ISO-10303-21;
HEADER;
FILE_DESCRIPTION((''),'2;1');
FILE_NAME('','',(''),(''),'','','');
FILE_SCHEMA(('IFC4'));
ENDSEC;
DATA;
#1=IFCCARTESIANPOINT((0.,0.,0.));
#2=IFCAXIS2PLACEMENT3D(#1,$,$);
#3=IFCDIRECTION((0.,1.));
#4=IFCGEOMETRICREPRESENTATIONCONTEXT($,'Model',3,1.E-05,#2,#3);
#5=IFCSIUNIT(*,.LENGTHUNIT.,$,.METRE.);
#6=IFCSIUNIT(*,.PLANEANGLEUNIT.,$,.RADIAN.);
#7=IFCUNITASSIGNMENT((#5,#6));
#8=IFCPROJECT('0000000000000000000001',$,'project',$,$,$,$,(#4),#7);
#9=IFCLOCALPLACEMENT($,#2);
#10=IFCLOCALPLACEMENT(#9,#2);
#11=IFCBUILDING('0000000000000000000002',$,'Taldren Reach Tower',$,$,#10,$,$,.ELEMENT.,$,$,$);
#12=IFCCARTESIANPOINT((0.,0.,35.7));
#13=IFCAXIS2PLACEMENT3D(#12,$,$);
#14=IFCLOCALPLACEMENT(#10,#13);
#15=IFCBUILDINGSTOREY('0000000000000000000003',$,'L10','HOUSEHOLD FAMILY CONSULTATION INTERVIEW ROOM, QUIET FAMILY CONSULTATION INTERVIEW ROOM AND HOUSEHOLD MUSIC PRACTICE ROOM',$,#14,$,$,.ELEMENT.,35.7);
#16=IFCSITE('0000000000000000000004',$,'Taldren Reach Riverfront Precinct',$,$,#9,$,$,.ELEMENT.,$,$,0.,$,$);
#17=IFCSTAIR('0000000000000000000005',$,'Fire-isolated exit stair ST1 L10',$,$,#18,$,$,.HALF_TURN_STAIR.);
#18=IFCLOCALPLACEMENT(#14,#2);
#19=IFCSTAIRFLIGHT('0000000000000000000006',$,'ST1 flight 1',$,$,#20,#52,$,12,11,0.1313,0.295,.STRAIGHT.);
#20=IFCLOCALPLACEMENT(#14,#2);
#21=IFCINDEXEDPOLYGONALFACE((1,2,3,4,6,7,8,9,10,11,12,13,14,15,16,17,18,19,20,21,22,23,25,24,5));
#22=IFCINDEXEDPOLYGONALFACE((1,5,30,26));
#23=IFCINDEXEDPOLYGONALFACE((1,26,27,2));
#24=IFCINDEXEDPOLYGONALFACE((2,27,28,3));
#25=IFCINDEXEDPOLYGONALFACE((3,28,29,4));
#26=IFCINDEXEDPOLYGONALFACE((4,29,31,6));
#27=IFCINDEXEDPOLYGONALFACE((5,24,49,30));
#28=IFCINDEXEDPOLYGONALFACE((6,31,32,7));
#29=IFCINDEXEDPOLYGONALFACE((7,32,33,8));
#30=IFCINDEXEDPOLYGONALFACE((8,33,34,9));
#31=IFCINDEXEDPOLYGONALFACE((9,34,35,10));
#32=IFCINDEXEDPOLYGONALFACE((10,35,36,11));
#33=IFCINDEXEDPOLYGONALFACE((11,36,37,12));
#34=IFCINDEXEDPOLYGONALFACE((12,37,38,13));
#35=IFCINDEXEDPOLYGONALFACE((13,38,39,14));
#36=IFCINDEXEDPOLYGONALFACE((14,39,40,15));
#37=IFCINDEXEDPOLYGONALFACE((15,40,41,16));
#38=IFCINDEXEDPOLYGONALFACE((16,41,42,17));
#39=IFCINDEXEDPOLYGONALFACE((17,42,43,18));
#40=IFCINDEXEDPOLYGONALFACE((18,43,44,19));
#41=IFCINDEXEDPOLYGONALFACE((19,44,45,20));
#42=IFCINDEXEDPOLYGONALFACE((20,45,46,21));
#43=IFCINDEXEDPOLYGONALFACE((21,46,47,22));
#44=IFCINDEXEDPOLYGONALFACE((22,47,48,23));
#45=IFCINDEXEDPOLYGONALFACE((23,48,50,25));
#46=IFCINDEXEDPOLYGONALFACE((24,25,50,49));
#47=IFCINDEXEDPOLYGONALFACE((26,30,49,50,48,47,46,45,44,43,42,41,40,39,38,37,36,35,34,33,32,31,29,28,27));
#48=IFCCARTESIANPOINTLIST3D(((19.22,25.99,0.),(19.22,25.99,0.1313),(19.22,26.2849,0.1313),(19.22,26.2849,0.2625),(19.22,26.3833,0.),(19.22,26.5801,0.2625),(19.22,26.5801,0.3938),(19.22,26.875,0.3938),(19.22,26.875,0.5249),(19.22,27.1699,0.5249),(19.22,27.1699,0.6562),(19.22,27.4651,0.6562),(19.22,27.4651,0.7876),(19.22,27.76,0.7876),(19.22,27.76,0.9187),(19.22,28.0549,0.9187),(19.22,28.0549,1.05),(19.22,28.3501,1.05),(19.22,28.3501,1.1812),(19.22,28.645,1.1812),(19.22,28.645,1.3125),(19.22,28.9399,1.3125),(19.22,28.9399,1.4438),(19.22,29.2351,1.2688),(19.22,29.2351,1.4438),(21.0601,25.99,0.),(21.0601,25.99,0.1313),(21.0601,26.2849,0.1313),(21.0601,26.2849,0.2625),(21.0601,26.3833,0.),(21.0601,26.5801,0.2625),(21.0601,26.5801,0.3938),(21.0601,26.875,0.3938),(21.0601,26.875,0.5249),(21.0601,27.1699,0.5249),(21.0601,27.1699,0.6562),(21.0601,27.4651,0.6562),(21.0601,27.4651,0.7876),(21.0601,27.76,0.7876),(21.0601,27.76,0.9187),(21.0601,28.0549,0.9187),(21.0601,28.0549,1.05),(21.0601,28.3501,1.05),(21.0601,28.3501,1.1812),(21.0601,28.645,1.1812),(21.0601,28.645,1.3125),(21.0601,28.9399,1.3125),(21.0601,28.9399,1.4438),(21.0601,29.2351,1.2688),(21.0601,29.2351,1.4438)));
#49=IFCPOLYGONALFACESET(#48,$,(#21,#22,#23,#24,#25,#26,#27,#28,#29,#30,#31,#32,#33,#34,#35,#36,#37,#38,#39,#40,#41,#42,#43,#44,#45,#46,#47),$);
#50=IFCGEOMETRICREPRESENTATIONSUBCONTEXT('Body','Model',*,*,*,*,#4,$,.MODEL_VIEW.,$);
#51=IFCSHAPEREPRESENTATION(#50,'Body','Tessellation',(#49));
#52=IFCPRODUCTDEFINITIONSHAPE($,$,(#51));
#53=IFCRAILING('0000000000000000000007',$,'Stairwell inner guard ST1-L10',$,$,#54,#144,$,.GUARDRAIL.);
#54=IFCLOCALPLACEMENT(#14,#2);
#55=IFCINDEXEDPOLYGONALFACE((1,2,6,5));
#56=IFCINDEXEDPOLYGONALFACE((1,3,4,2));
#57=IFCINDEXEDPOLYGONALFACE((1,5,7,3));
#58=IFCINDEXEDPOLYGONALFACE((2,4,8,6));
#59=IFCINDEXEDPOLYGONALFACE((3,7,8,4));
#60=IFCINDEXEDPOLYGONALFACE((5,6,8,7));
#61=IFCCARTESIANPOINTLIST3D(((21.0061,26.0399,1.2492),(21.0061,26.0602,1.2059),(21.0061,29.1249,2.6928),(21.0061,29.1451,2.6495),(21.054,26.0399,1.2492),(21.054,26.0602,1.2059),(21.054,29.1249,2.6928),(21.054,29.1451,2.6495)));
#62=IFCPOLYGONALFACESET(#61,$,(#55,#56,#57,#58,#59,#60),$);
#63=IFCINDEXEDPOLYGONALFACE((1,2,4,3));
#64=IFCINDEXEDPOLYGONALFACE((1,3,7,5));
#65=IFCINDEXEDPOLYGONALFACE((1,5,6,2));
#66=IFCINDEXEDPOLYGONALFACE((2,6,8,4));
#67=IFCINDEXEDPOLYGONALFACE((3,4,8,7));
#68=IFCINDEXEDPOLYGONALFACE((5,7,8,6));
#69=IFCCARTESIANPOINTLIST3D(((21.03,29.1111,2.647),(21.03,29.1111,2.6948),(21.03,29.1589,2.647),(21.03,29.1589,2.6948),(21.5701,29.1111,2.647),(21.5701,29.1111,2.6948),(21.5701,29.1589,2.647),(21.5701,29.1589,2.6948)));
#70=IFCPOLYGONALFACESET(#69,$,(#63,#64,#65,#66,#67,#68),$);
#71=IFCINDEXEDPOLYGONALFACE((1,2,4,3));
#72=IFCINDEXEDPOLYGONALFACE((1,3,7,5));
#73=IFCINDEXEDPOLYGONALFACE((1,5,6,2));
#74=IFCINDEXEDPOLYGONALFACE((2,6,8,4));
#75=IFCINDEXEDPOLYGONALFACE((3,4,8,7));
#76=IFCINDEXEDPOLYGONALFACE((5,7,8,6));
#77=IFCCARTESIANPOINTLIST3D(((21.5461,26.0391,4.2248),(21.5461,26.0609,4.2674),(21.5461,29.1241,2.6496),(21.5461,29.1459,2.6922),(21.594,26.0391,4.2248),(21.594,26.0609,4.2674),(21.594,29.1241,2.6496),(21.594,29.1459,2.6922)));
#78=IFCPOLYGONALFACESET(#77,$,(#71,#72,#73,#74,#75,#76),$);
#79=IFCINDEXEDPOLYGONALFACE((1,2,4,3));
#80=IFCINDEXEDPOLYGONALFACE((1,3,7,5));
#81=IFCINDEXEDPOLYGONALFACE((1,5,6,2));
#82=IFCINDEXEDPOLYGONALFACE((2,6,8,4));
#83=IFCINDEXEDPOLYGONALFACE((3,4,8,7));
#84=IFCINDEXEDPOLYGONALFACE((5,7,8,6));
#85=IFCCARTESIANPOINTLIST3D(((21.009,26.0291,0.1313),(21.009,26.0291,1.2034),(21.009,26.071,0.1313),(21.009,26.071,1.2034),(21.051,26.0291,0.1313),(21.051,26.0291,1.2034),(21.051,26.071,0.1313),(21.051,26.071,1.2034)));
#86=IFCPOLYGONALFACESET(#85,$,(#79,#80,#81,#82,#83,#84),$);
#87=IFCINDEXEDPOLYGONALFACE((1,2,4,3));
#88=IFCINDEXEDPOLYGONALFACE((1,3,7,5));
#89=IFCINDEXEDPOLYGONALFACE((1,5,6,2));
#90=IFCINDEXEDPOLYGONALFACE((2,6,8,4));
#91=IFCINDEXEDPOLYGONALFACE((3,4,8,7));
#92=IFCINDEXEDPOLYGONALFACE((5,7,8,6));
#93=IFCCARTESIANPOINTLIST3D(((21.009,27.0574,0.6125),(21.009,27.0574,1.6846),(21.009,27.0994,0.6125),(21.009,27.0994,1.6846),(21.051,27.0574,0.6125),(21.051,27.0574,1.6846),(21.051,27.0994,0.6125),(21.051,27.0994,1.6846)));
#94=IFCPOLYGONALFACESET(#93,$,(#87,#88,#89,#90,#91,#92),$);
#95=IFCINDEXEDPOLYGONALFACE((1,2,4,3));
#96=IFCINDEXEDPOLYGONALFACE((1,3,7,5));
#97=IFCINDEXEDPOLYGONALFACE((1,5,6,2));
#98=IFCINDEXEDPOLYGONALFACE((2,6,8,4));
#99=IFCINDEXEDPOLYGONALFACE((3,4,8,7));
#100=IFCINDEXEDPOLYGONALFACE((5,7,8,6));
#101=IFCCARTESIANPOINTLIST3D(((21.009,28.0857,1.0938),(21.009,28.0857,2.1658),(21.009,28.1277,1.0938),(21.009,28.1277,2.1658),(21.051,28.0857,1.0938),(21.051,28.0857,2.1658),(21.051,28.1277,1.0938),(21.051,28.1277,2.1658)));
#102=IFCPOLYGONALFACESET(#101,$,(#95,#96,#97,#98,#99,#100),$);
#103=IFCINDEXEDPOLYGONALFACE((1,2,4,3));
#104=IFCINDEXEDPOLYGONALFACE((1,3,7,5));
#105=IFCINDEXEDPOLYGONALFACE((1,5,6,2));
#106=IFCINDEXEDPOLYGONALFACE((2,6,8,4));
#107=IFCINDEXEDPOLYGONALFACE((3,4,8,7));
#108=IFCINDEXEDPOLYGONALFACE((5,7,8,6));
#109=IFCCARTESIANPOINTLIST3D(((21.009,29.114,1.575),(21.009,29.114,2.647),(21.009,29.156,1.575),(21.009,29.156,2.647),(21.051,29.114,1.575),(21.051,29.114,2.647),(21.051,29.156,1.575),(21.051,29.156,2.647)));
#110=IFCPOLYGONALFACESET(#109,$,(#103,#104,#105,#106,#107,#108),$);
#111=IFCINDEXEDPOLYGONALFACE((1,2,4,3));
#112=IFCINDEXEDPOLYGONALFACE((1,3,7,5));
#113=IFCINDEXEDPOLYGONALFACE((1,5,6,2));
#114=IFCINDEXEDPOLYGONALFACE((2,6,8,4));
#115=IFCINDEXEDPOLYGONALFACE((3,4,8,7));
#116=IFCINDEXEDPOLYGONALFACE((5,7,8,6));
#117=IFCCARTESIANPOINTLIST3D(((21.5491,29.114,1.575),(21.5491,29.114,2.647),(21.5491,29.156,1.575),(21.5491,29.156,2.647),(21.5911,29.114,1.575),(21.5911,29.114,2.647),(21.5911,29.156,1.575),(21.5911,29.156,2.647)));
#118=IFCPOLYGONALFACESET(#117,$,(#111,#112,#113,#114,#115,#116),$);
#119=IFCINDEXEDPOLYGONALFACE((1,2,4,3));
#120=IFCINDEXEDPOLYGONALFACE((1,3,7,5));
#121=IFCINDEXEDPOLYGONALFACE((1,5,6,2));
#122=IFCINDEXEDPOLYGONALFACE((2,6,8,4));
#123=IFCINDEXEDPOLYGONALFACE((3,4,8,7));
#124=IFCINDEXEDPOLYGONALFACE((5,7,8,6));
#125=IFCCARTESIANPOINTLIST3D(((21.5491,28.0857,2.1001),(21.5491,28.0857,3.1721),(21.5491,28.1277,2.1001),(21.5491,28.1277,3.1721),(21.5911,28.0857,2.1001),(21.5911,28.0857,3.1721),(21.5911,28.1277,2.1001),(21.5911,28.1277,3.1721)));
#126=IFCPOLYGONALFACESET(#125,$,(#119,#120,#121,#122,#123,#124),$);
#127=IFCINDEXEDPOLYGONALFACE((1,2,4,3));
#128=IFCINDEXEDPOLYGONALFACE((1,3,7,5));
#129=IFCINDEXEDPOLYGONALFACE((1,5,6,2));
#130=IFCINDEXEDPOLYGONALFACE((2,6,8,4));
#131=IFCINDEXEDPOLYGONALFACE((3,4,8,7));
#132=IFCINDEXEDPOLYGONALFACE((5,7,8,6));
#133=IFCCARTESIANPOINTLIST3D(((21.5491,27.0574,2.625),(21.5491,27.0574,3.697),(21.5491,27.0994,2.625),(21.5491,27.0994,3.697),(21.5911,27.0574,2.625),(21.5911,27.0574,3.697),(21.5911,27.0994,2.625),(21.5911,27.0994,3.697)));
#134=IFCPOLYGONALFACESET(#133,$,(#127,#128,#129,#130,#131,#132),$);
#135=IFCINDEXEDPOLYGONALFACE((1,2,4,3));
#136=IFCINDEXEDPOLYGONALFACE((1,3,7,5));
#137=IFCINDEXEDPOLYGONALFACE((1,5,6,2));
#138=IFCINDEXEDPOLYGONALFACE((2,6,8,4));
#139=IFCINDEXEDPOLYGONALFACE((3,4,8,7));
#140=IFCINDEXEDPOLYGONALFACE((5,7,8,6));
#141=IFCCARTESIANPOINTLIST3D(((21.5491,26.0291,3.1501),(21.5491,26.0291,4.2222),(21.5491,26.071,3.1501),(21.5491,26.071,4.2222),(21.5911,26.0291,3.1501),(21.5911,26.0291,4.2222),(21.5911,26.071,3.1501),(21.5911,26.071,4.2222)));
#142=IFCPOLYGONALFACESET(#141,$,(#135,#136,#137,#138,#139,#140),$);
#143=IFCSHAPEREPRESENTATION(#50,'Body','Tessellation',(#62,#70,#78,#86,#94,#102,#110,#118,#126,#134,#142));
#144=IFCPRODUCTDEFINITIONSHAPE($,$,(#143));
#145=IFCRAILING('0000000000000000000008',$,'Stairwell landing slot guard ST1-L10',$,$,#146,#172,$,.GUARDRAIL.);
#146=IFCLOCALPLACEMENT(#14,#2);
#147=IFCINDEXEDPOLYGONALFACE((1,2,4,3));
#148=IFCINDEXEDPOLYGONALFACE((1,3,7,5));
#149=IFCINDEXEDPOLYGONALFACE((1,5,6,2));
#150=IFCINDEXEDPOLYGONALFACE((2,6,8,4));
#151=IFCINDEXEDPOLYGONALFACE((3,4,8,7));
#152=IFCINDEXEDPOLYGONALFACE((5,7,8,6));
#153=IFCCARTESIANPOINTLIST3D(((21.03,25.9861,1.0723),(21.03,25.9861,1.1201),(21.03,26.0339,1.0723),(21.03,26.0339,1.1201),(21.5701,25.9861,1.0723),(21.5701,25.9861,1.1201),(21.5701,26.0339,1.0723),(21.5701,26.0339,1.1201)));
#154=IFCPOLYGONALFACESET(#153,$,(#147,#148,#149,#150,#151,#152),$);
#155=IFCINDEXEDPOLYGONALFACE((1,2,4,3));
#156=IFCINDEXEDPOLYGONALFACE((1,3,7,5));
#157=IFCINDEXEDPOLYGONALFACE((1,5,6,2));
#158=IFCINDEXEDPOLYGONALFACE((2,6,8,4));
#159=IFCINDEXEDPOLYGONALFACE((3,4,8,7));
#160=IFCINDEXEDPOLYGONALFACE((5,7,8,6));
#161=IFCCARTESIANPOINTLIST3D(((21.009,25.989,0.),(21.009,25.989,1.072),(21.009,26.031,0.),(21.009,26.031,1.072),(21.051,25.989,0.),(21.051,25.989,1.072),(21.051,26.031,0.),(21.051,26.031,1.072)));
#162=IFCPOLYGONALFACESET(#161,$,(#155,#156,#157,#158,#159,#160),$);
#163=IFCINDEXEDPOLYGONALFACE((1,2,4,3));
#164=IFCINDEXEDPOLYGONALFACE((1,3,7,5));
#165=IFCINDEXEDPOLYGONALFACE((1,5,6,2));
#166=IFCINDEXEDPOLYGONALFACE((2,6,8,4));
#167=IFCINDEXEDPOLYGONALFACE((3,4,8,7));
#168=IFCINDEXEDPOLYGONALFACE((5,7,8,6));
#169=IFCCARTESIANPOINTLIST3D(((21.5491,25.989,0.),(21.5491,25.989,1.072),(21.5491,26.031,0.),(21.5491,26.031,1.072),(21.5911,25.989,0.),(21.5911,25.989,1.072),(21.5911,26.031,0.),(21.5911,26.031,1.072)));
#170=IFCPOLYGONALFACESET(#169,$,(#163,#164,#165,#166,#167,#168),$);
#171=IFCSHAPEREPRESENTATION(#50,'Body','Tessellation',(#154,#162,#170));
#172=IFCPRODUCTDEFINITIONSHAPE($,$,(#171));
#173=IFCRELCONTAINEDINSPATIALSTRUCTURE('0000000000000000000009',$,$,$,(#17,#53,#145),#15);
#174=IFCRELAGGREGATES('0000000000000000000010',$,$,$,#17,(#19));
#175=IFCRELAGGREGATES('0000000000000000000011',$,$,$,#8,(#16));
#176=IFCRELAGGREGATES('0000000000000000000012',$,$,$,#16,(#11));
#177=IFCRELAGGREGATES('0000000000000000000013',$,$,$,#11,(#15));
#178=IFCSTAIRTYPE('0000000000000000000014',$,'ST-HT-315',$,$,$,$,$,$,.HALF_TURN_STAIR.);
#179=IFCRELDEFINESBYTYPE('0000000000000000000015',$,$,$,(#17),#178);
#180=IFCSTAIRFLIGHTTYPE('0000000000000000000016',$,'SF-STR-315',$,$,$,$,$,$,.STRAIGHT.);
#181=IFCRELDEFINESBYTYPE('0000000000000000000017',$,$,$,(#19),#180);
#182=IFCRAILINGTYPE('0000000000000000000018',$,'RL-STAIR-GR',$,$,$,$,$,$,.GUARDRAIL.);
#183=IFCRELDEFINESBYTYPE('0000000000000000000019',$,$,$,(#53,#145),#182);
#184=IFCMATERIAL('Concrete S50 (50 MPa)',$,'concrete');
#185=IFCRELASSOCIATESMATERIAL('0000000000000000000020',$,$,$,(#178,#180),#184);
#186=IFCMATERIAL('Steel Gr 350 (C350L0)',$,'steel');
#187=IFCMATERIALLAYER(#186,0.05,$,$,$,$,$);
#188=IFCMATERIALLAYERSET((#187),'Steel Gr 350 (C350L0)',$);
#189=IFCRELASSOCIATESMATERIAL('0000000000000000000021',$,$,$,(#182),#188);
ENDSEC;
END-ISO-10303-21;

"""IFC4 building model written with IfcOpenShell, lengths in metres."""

from ifc_helpers import new_model, si_unit, direction, frame, origin, origin_2d, place, context, subcontext, project, spatial, polyline, rectangle, outline, extrude, material, layer, layer_set, type_object, element, aggregate, save


model = new_model("IFC4")

# Units and contexts
model_context = context("Model", 3, precision=1e-05, world=origin(), true_north=direction((0.0, 1.0)))
body_context = subcontext(model_context, "Body", "Model", "MODEL_VIEW")
ifc_project = project(units=[si_unit("LENGTHUNIT", "METRE"), si_unit("PLANEANGLEUNIT", "RADIAN")], contexts=[model_context])

# Site, building, storey
site_placement = place(None, origin())
site = spatial("IfcSite", under=ifc_project, at=site_placement, Name="Taldren Reach Riverfront Precinct", CompositionType="ELEMENT", RefElevation=0.0)
building_placement = place(site_placement, origin())
building = spatial("IfcBuilding", under=site, at=building_placement, Name="Taldren Reach Tower", CompositionType="ELEMENT")
storey_placement = place(building_placement, frame((0.0, 0.0, 35.7)))
storey = spatial("IfcBuildingStorey", under=building, at=storey_placement, Name="L10", Description="HOUSEHOLD FAMILY CONSULTATION INTERVIEW ROOM, QUIET FAMILY CONSULTATION INTERVIEW ROOM AND HOUSEHOLD MUSIC PRACTICE ROOM", CompositionType="ELEMENT", Elevation=35.7)

# Shared definitions
ifc_material_1 = material(Name="Concrete S50 (50 MPa)", Category="concrete")

# Stair, stair flight
stair_type = type_object("IfcStairType", Name="ST-HT-315", PredefinedType="HALF_TURN_STAIR", material=ifc_material_1)
stair_placement = place(storey_placement, origin())
stair = element("IfcStair", 1, at=stair_placement, inside=storey, type_object=stair_type, Name="Fire-isolated exit stair ST1 L10", PredefinedType="HALF_TURN_STAIR")
stair_flight_type = type_object("IfcStairFlightType", Name="SF-STR-315", PredefinedType="STRAIGHT", material=ifc_material_1)
stair_flight_placement = place(storey_placement, frame((20.1399, 25.99, 0.0), z_axis=(0.0, 0.0, 1.0), x_axis=(0.0, 1.0, 0.0)))
stair_flight = element("IfcStairFlight", 2, at=stair_flight_placement, type_object=stair_flight_type, Name="ST1 flight 1", NumberOfRisers=12, NumberOfTreads=11, PredefinedType="STRAIGHT", RiserHeight=0.1313, TreadLength=0.295, context=body_context, shape_type="SweptSolid", body=[
    extrude(outline(polyline([(0.0, 0.0), (0.0, 0.1313), (0.2949, 0.1313), (0.2949, 0.2625), (0.5901, 0.2625), (0.5901, 0.3938), (0.885, 0.3938), (0.885, 0.5249), (1.1799, 0.5249), (1.1799, 0.6562), (1.4751, 0.6562), (1.4751, 0.7876), (1.77, 0.7876), (1.77, 0.9187), (2.0649, 0.9187), (2.0649, 1.05), (2.3601, 1.05), (2.3601, 1.1812), (2.655, 1.1812), (2.655, 1.3125), (2.95, 1.3125), (2.95, 1.4438), (3.2451, 1.4438), (3.2451, 1.575), (3.2451, 1.2688), (0.3933, 0.0), (0.0, 0.0)])), frame((0.0, 0.9199, 0.0), z_axis=(0.0, -1.0, 0.0), x_axis=(1.0, 0.0, 0.0)), (0.0, 0.0, 1.0), 1.8401),
])
aggregate(stair, [stair_flight])

# Railings
ifc_material_2 = material(Name="Steel Gr 350 (C350L0)", Category="steel")
ifc_layer_1 = layer(ifc_material_2, 0.05)
ifc_layer_set_1 = layer_set([ifc_layer_1], Name="Steel Gr 350 (C350L0)")
railing_type_1 = type_object("IfcRailingType", Name="RL-STAIR-GR", PredefinedType="GUARDRAIL", material=ifc_layer_set_1)
railing_1_placement = place(storey_placement, frame((21.03, 26.05, 0.1313)))
element("IfcRailing", 3, at=railing_1_placement, inside=storey, type_object=railing_type_1, Name="Stairwell inner guard ST1-L10", PredefinedType="GUARDRAIL", context=body_context, shape_type="SweptSolid", body=[
    extrude(rectangle(XDim=0.0479, YDim=0.0479, at=origin_2d()), frame((0.0, 0.0, 1.0962), z_axis=(0.0, 0.905738, 0.423839), x_axis=(-1.0, 0.0, 0.0)), (0.0, 0.0, 1.0), 3.406),
    extrude(rectangle(XDim=0.0479, YDim=0.0479, at=origin_2d()), frame((0.0, 3.085, 2.5396), z_axis=(1.0, 0.0, 0.0), x_axis=(0.0, 1.0, 0.0)), (0.0, 0.0, 1.0), 0.54),
    extrude(rectangle(XDim=0.0479, YDim=0.0479, at=origin_2d()), frame((0.54, 3.085, 2.5396), z_axis=(0.0, -0.890617, 0.454753), x_axis=(1.0, 0.0, 0.0)), (0.0, 0.0, 1.0), 3.4639),
    extrude(rectangle(XDim=0.042, YDim=0.042, at=origin_2d()), origin(), (0.0, 0.0, 1.0), 1.072),
    extrude(rectangle(XDim=0.042, YDim=0.042, at=origin_2d()), frame((0.0, 1.0283, 0.4812)), (0.0, 0.0, 1.0), 1.072),
    extrude(rectangle(XDim=0.042, YDim=0.042, at=origin_2d()), frame((0.0, 2.0566, 0.9624)), (0.0, 0.0, 1.0), 1.072),
    extrude(rectangle(XDim=0.042, YDim=0.042, at=origin_2d()), frame((0.0, 3.085, 1.4436)), (0.0, 0.0, 1.0), 1.072),
    extrude(rectangle(XDim=0.042, YDim=0.042, at=origin_2d()), frame((0.54, 3.085, 1.4436)), (0.0, 0.0, 1.0), 1.072),
    extrude(rectangle(XDim=0.042, YDim=0.042, at=origin_2d()), frame((0.54, 2.0566, 1.9688)), (0.0, 0.0, 1.0), 1.072),
    extrude(rectangle(XDim=0.042, YDim=0.042, at=origin_2d()), frame((0.54, 1.0283, 2.4937)), (0.0, 0.0, 1.0), 1.072),
    extrude(rectangle(XDim=0.042, YDim=0.042, at=origin_2d()), frame((0.54, 0.0, 3.0188)), (0.0, 0.0, 1.0), 1.072),
])
railing_2_placement = place(storey_placement, frame((21.03, 26.01, 0.0)))
element("IfcRailing", 4, at=railing_2_placement, inside=storey, type_object=railing_type_1, Name="Stairwell landing slot guard ST1-L10", PredefinedType="GUARDRAIL", context=body_context, shape_type="SweptSolid", body=[
    extrude(rectangle(XDim=0.0479, YDim=0.0479, at=origin_2d()), frame((0.0, 0.0, 1.0962), z_axis=(1.0, 0.0, 0.0), x_axis=(0.0, 1.0, 0.0)), (0.0, 0.0, 1.0), 0.54),
    extrude(rectangle(XDim=0.042, YDim=0.042, at=origin_2d()), origin(), (0.0, 0.0, 1.0), 1.072),
    extrude(rectangle(XDim=0.042, YDim=0.042, at=origin_2d()), frame((0.54, 0.0, 0.0)), (0.0, 0.0, 1.0), 1.072),
])

save(model, "model.ifc")
